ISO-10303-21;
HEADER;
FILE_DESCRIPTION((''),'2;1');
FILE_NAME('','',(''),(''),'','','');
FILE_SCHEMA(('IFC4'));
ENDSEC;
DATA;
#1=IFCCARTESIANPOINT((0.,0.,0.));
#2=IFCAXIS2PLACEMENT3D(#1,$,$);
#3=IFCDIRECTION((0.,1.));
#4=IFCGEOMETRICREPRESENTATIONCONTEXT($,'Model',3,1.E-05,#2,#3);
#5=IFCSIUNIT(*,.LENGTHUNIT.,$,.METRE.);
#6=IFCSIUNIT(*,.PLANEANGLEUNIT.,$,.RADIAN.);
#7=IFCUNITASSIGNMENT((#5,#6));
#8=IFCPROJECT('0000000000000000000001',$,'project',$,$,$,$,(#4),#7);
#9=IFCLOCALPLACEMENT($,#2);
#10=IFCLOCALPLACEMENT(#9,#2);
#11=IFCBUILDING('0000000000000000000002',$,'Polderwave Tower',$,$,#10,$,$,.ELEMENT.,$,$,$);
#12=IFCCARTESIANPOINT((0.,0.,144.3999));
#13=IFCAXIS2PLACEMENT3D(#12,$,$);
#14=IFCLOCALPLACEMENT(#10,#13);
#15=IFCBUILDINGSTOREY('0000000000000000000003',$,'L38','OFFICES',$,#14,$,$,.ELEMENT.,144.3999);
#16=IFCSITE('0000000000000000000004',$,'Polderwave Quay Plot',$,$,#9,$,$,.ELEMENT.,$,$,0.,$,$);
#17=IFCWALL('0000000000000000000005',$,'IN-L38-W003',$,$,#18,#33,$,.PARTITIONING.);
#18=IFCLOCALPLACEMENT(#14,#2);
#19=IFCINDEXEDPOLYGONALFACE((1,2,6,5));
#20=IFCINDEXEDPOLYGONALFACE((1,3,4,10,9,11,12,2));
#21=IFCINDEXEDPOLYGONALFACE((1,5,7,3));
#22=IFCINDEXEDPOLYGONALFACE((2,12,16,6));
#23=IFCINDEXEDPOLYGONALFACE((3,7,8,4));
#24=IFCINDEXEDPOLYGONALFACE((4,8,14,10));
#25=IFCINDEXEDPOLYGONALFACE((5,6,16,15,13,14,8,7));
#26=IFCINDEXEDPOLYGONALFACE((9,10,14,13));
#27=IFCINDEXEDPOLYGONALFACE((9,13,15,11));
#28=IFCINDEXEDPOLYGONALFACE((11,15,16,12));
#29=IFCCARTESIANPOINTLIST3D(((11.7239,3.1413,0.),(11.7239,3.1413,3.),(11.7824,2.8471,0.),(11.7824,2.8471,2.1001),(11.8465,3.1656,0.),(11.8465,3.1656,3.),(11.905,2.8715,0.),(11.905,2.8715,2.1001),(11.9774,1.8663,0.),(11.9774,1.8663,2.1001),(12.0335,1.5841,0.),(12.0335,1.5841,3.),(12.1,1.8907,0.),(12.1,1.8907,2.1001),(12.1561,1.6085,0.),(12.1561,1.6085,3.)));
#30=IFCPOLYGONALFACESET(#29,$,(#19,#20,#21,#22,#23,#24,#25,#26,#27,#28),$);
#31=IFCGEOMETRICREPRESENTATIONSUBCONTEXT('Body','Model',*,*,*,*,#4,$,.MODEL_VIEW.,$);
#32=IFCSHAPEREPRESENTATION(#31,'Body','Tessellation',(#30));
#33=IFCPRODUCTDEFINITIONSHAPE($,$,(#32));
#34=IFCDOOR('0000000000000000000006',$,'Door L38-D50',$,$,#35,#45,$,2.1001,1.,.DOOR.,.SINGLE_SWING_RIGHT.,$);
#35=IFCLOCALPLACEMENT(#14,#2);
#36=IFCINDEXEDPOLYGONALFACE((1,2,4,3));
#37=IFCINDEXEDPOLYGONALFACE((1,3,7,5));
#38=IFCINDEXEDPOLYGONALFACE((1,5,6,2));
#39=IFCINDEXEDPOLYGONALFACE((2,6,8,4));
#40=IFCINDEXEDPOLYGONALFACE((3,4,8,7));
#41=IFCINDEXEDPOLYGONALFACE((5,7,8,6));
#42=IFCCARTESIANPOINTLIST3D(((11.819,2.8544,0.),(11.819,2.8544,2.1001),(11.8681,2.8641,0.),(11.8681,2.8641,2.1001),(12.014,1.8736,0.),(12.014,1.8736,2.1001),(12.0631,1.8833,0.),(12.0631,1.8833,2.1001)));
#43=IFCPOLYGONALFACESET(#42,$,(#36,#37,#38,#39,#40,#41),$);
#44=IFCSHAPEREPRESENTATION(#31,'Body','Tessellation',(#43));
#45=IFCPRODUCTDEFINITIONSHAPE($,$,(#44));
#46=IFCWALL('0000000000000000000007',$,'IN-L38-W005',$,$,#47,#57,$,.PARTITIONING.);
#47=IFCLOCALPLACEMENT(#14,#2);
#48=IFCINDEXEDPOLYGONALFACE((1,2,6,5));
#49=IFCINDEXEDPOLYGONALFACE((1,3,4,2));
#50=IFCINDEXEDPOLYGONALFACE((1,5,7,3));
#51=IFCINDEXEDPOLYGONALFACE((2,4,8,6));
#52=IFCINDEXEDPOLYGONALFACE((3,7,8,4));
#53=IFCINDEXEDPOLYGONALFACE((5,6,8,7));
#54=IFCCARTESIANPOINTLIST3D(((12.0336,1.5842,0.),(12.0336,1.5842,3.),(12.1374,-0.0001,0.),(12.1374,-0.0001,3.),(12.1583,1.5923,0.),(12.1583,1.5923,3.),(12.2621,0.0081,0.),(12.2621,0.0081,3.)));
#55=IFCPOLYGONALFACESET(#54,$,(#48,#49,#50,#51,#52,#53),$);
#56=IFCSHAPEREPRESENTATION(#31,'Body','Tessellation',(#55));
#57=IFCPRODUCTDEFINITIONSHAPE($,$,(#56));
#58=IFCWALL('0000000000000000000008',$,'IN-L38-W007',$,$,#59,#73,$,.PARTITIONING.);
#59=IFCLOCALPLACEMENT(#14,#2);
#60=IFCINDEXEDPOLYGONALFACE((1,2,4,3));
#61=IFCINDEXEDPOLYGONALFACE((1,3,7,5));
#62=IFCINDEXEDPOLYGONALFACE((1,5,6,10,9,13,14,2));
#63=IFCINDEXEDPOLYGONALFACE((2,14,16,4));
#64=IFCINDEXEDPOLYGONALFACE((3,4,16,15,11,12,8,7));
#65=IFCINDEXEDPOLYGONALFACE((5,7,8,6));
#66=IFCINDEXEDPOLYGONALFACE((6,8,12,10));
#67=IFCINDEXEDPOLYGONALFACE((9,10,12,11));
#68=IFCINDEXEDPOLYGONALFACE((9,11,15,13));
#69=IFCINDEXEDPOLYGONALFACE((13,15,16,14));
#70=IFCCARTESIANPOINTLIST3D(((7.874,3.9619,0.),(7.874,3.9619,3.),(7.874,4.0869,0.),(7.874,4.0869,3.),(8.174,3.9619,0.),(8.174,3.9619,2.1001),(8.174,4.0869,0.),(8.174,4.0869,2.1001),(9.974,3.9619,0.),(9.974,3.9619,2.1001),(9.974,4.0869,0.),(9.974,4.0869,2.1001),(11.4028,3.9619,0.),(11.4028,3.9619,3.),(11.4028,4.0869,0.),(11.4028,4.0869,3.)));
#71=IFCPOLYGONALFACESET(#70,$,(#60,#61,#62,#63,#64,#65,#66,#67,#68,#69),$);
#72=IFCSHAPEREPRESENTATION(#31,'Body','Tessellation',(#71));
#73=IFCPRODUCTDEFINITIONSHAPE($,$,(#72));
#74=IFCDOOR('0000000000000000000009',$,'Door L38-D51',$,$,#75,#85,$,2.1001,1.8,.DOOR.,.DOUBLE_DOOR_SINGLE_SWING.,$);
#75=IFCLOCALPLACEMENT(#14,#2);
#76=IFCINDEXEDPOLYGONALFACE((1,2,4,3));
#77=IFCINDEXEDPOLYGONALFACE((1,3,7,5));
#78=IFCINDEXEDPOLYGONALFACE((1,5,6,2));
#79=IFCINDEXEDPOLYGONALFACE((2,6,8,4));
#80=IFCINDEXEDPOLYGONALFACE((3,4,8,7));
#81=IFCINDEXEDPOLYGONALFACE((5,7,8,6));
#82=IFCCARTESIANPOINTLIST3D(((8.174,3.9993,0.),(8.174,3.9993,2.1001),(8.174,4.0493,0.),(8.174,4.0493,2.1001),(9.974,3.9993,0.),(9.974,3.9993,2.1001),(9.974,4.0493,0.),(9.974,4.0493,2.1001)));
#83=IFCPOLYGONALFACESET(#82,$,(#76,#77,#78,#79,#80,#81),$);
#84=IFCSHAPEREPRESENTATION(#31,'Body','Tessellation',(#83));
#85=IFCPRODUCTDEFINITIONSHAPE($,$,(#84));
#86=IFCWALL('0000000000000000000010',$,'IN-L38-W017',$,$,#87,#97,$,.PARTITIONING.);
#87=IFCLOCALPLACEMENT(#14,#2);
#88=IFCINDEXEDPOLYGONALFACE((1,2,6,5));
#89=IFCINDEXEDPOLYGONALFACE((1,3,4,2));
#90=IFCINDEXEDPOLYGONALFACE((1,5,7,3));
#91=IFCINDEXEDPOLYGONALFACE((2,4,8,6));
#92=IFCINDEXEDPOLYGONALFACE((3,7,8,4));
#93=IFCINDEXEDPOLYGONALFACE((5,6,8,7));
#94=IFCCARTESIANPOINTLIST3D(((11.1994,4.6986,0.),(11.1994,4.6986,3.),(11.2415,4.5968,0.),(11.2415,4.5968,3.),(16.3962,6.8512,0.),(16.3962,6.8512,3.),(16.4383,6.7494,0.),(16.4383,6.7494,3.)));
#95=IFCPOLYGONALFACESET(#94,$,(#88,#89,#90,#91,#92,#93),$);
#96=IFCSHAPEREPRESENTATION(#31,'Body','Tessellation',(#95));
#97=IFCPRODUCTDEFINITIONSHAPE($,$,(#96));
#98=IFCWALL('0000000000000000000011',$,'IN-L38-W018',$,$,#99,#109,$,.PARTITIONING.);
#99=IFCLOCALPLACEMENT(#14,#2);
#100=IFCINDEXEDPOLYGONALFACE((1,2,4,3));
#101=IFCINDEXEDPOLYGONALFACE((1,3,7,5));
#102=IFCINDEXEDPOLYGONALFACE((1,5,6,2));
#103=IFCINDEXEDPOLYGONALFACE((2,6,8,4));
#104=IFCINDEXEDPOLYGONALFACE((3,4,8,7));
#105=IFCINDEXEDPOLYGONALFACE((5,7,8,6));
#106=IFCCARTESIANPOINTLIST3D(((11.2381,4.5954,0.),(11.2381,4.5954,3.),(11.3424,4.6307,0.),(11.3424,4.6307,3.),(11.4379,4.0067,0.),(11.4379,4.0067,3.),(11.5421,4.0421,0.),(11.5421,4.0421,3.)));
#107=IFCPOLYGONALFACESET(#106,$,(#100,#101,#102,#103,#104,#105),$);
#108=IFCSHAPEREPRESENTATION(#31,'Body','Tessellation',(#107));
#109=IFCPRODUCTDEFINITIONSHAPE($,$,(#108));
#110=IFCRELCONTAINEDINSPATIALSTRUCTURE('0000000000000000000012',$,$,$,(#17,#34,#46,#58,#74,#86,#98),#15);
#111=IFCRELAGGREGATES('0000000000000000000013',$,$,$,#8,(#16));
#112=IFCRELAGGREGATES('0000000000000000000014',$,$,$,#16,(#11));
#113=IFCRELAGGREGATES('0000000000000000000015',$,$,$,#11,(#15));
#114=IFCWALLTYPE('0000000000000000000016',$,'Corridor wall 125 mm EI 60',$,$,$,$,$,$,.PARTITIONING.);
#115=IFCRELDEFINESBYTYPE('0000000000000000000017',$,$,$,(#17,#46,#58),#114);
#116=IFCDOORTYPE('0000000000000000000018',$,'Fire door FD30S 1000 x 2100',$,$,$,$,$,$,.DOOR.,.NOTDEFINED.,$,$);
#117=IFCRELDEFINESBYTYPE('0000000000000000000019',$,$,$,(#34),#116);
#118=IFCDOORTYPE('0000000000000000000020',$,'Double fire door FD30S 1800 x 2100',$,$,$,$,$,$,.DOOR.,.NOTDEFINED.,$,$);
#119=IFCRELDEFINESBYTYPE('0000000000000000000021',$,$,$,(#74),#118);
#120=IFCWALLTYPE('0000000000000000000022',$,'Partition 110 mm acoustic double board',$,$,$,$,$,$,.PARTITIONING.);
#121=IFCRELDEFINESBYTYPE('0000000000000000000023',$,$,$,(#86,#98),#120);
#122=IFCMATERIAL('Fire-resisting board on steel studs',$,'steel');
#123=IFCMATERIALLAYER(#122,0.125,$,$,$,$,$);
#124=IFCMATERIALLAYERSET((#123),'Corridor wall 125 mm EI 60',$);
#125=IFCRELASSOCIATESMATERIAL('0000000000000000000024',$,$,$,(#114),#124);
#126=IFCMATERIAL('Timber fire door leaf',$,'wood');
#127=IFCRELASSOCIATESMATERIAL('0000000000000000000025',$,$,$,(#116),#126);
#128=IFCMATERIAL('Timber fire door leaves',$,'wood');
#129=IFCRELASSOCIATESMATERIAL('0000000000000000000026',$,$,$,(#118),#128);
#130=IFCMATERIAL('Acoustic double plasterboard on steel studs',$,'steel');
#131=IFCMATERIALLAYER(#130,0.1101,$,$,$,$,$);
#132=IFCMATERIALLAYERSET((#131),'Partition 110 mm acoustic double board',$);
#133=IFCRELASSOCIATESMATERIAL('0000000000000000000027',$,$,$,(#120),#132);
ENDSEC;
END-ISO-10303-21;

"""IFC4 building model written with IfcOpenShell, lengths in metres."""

from ifc_helpers import new_model, si_unit, direction, frame, frame_2d, origin, place, context, subcontext, project, spatial, rectangle, extrude, material, layer, layer_set, type_object, element, fill, save


model = new_model("IFC4")

# Units and contexts
model_context = context("Model", 3, precision=1e-05, world=origin(), true_north=direction((0.0, 1.0)))
body_context = subcontext(model_context, "Body", "Model", "MODEL_VIEW")
ifc_project = project(units=[si_unit("LENGTHUNIT", "METRE"), si_unit("PLANEANGLEUNIT", "RADIAN")], contexts=[model_context])

# Site, building, storey
site_placement = place(None, origin())
site = spatial("IfcSite", under=ifc_project, at=site_placement, Name="Polderwave Quay Plot", CompositionType="ELEMENT", RefElevation=0.0)
building_placement = place(site_placement, origin())
building = spatial("IfcBuilding", under=site, at=building_placement, Name="Polderwave Tower", CompositionType="ELEMENT")
storey_placement = place(building_placement, frame((0.0, 0.0, 144.3999)))
storey = spatial("IfcBuildingStorey", under=building, at=storey_placement, Name="L38", Description="OFFICES", CompositionType="ELEMENT", Elevation=144.3999)

# Shared definitions
ifc_material_1 = material(Name="Fire-resisting board on steel studs", Category="steel")
ifc_layer_1 = layer(ifc_material_1, 0.125)
ifc_layer_set_1 = layer_set([ifc_layer_1], Name="Corridor wall 125 mm EI 60")
wall_type_1 = type_object("IfcWallType", Name="Corridor wall 125 mm EI 60", PredefinedType="PARTITIONING", material=ifc_layer_set_1)

# Wall, opening, door
wall_1_placement = place(storey_placement, frame((11.7852, 3.1536, 0.0), z_axis=(0.0, 0.0, 1.0), x_axis=(0.194992, -0.980805, 0.0)))
wall_1 = element("IfcWall", 1, at=wall_1_placement, inside=storey, type_object=wall_type_1, Name="IN-L38-W003", PredefinedType="PARTITIONING", context=body_context, shape_type="SweptSolid", body=[
    extrude(rectangle(XDim=1.5876, YDim=0.125, at=frame_2d((0.7939, 0.0))), origin(), (0.0, 0.0, 1.0), 3.0),
])
opening_1_placement = place(wall_1_placement, frame((0.3, 0.0, 0.0)))
opening_1 = element("IfcOpeningElement", 2, at=opening_1_placement, cuts=wall_1, PredefinedType="OPENING", context=body_context, shape_type="SweptSolid", body=[
    extrude(rectangle(XDim=1.0, YDim=2.1001, at=frame_2d((0.5, 1.05))), frame((0.0, 0.0725, 0.0), z_axis=(0.0, -1.0, 0.0), x_axis=(1.0, 0.0, 0.0)), (0.0, 0.0, 1.0), 0.145),
])
ifc_material_2 = material(Name="Timber fire door leaf", Category="wood")
door_type_1 = type_object("IfcDoorType", Name="Fire door FD30S 1000 x 2100", OperationType="NOTDEFINED", PredefinedType="DOOR", material=ifc_material_2)
door_1_placement = place(opening_1_placement, origin())
door_1 = element("IfcDoor", 3, at=door_1_placement, inside=storey, type_object=door_type_1, Name="Door L38-D50", OperationType="SINGLE_SWING_RIGHT", OverallHeight=2.1001, OverallWidth=1.0, PredefinedType="DOOR", context=body_context, shape_type="SweptSolid", body=[
    extrude(rectangle(XDim=1.0, YDim=2.1001, at=frame_2d((0.5, 1.05))), frame((0.0, 0.0249, 0.0), z_axis=(0.0, -1.0, 0.0), x_axis=(1.0, 0.0, 0.0)), (0.0, 0.0, 1.0), 0.05),
])
fill(opening_1, door_1)

# Wall
wall_2_placement = place(storey_placement, frame((12.0959, 1.5884, 0.0), z_axis=(0.0, 0.0, 1.0), x_axis=(0.065355, -0.997862, 0.0)))
element("IfcWall", 4, at=wall_2_placement, inside=storey, type_object=wall_type_1, Name="IN-L38-W005", PredefinedType="PARTITIONING", context=body_context, shape_type="SweptSolid", body=[
    extrude(rectangle(XDim=1.5876, YDim=0.125, at=frame_2d((0.7939, 0.0))), origin(), (0.0, 0.0, 1.0), 3.0),
])

# Wall, opening, door
wall_3_placement = place(storey_placement, frame((7.874, 4.0244, 0.0), z_axis=(0.0, 0.0, 1.0), x_axis=(1.0, 0.0, 0.0)))
wall_3 = element("IfcWall", 5, at=wall_3_placement, inside=storey, type_object=wall_type_1, Name="IN-L38-W007", PredefinedType="PARTITIONING", context=body_context, shape_type="SweptSolid", body=[
    extrude(rectangle(XDim=3.5288, YDim=0.125, at=frame_2d((1.7644, 0.0))), origin(), (0.0, 0.0, 1.0), 3.0),
])
opening_2_placement = place(wall_3_placement, frame((0.3, 0.0, 0.0)))
opening_2 = element("IfcOpeningElement", 6, at=opening_2_placement, cuts=wall_3, PredefinedType="OPENING", context=body_context, shape_type="SweptSolid", body=[
    extrude(rectangle(XDim=1.8, YDim=2.1001, at=frame_2d((0.8999, 1.05))), frame((0.0, 0.0725, 0.0), z_axis=(0.0, -1.0, 0.0), x_axis=(1.0, 0.0, 0.0)), (0.0, 0.0, 1.0), 0.145),
])
ifc_material_3 = material(Name="Timber fire door leaves", Category="wood")
door_type_2 = type_object("IfcDoorType", Name="Double fire door FD30S 1800 x 2100", OperationType="NOTDEFINED", PredefinedType="DOOR", material=ifc_material_3)
door_2_placement = place(opening_2_placement, origin())
door_2 = element("IfcDoor", 7, at=door_2_placement, inside=storey, type_object=door_type_2, Name="Door L38-D51", OperationType="DOUBLE_DOOR_SINGLE_SWING", OverallHeight=2.1001, OverallWidth=1.8, PredefinedType="DOOR", context=body_context, shape_type="SweptSolid", body=[
    extrude(rectangle(XDim=1.8, YDim=2.1001, at=frame_2d((0.8999, 1.05))), frame((0.0, 0.0249, 0.0), z_axis=(0.0, -1.0, 0.0), x_axis=(1.0, 0.0, 0.0)), (0.0, 0.0, 1.0), 0.05),
])
fill(opening_2, door_2)

# Walls
ifc_material_4 = material(Name="Acoustic double plasterboard on steel studs", Category="steel")
ifc_layer_2 = layer(ifc_material_4, 0.1101)
ifc_layer_set_2 = layer_set([ifc_layer_2], Name="Partition 110 mm acoustic double board")
wall_type_2 = type_object("IfcWallType", Name="Partition 110 mm acoustic double board", PredefinedType="PARTITIONING", material=ifc_layer_set_2)
wall_4_placement = place(storey_placement, frame((11.2205, 4.6477, 0.0), z_axis=(0.0, 0.0, 1.0), x_axis=(0.923879, 0.382685, 0.0)))
element("IfcWall", 8, at=wall_4_placement, inside=storey, type_object=wall_type_2, Name="IN-L38-W017", PredefinedType="PARTITIONING", context=body_context, shape_type="SweptSolid", body=[
    extrude(rectangle(XDim=5.625, YDim=0.1101, at=frame_2d((2.8125, 0.0))), origin(), (0.0, 0.0, 1.0), 3.0),
])
wall_5_placement = place(storey_placement, frame((11.49, 4.0244, 0.0), z_axis=(0.0, 0.0, 1.0), x_axis=(-0.32129, 0.946981, 0.0)))
element("IfcWall", 9, at=wall_5_placement, inside=storey, type_object=wall_type_2, Name="IN-L38-W018", PredefinedType="PARTITIONING", context=body_context, shape_type="SweptSolid", body=[
    extrude(rectangle(XDim=0.6216, YDim=0.1101, at=frame_2d((0.3108, 0.0))), origin(), (0.0, 0.0, 1.0), 3.0),
])

save(model, "model.ifc")
